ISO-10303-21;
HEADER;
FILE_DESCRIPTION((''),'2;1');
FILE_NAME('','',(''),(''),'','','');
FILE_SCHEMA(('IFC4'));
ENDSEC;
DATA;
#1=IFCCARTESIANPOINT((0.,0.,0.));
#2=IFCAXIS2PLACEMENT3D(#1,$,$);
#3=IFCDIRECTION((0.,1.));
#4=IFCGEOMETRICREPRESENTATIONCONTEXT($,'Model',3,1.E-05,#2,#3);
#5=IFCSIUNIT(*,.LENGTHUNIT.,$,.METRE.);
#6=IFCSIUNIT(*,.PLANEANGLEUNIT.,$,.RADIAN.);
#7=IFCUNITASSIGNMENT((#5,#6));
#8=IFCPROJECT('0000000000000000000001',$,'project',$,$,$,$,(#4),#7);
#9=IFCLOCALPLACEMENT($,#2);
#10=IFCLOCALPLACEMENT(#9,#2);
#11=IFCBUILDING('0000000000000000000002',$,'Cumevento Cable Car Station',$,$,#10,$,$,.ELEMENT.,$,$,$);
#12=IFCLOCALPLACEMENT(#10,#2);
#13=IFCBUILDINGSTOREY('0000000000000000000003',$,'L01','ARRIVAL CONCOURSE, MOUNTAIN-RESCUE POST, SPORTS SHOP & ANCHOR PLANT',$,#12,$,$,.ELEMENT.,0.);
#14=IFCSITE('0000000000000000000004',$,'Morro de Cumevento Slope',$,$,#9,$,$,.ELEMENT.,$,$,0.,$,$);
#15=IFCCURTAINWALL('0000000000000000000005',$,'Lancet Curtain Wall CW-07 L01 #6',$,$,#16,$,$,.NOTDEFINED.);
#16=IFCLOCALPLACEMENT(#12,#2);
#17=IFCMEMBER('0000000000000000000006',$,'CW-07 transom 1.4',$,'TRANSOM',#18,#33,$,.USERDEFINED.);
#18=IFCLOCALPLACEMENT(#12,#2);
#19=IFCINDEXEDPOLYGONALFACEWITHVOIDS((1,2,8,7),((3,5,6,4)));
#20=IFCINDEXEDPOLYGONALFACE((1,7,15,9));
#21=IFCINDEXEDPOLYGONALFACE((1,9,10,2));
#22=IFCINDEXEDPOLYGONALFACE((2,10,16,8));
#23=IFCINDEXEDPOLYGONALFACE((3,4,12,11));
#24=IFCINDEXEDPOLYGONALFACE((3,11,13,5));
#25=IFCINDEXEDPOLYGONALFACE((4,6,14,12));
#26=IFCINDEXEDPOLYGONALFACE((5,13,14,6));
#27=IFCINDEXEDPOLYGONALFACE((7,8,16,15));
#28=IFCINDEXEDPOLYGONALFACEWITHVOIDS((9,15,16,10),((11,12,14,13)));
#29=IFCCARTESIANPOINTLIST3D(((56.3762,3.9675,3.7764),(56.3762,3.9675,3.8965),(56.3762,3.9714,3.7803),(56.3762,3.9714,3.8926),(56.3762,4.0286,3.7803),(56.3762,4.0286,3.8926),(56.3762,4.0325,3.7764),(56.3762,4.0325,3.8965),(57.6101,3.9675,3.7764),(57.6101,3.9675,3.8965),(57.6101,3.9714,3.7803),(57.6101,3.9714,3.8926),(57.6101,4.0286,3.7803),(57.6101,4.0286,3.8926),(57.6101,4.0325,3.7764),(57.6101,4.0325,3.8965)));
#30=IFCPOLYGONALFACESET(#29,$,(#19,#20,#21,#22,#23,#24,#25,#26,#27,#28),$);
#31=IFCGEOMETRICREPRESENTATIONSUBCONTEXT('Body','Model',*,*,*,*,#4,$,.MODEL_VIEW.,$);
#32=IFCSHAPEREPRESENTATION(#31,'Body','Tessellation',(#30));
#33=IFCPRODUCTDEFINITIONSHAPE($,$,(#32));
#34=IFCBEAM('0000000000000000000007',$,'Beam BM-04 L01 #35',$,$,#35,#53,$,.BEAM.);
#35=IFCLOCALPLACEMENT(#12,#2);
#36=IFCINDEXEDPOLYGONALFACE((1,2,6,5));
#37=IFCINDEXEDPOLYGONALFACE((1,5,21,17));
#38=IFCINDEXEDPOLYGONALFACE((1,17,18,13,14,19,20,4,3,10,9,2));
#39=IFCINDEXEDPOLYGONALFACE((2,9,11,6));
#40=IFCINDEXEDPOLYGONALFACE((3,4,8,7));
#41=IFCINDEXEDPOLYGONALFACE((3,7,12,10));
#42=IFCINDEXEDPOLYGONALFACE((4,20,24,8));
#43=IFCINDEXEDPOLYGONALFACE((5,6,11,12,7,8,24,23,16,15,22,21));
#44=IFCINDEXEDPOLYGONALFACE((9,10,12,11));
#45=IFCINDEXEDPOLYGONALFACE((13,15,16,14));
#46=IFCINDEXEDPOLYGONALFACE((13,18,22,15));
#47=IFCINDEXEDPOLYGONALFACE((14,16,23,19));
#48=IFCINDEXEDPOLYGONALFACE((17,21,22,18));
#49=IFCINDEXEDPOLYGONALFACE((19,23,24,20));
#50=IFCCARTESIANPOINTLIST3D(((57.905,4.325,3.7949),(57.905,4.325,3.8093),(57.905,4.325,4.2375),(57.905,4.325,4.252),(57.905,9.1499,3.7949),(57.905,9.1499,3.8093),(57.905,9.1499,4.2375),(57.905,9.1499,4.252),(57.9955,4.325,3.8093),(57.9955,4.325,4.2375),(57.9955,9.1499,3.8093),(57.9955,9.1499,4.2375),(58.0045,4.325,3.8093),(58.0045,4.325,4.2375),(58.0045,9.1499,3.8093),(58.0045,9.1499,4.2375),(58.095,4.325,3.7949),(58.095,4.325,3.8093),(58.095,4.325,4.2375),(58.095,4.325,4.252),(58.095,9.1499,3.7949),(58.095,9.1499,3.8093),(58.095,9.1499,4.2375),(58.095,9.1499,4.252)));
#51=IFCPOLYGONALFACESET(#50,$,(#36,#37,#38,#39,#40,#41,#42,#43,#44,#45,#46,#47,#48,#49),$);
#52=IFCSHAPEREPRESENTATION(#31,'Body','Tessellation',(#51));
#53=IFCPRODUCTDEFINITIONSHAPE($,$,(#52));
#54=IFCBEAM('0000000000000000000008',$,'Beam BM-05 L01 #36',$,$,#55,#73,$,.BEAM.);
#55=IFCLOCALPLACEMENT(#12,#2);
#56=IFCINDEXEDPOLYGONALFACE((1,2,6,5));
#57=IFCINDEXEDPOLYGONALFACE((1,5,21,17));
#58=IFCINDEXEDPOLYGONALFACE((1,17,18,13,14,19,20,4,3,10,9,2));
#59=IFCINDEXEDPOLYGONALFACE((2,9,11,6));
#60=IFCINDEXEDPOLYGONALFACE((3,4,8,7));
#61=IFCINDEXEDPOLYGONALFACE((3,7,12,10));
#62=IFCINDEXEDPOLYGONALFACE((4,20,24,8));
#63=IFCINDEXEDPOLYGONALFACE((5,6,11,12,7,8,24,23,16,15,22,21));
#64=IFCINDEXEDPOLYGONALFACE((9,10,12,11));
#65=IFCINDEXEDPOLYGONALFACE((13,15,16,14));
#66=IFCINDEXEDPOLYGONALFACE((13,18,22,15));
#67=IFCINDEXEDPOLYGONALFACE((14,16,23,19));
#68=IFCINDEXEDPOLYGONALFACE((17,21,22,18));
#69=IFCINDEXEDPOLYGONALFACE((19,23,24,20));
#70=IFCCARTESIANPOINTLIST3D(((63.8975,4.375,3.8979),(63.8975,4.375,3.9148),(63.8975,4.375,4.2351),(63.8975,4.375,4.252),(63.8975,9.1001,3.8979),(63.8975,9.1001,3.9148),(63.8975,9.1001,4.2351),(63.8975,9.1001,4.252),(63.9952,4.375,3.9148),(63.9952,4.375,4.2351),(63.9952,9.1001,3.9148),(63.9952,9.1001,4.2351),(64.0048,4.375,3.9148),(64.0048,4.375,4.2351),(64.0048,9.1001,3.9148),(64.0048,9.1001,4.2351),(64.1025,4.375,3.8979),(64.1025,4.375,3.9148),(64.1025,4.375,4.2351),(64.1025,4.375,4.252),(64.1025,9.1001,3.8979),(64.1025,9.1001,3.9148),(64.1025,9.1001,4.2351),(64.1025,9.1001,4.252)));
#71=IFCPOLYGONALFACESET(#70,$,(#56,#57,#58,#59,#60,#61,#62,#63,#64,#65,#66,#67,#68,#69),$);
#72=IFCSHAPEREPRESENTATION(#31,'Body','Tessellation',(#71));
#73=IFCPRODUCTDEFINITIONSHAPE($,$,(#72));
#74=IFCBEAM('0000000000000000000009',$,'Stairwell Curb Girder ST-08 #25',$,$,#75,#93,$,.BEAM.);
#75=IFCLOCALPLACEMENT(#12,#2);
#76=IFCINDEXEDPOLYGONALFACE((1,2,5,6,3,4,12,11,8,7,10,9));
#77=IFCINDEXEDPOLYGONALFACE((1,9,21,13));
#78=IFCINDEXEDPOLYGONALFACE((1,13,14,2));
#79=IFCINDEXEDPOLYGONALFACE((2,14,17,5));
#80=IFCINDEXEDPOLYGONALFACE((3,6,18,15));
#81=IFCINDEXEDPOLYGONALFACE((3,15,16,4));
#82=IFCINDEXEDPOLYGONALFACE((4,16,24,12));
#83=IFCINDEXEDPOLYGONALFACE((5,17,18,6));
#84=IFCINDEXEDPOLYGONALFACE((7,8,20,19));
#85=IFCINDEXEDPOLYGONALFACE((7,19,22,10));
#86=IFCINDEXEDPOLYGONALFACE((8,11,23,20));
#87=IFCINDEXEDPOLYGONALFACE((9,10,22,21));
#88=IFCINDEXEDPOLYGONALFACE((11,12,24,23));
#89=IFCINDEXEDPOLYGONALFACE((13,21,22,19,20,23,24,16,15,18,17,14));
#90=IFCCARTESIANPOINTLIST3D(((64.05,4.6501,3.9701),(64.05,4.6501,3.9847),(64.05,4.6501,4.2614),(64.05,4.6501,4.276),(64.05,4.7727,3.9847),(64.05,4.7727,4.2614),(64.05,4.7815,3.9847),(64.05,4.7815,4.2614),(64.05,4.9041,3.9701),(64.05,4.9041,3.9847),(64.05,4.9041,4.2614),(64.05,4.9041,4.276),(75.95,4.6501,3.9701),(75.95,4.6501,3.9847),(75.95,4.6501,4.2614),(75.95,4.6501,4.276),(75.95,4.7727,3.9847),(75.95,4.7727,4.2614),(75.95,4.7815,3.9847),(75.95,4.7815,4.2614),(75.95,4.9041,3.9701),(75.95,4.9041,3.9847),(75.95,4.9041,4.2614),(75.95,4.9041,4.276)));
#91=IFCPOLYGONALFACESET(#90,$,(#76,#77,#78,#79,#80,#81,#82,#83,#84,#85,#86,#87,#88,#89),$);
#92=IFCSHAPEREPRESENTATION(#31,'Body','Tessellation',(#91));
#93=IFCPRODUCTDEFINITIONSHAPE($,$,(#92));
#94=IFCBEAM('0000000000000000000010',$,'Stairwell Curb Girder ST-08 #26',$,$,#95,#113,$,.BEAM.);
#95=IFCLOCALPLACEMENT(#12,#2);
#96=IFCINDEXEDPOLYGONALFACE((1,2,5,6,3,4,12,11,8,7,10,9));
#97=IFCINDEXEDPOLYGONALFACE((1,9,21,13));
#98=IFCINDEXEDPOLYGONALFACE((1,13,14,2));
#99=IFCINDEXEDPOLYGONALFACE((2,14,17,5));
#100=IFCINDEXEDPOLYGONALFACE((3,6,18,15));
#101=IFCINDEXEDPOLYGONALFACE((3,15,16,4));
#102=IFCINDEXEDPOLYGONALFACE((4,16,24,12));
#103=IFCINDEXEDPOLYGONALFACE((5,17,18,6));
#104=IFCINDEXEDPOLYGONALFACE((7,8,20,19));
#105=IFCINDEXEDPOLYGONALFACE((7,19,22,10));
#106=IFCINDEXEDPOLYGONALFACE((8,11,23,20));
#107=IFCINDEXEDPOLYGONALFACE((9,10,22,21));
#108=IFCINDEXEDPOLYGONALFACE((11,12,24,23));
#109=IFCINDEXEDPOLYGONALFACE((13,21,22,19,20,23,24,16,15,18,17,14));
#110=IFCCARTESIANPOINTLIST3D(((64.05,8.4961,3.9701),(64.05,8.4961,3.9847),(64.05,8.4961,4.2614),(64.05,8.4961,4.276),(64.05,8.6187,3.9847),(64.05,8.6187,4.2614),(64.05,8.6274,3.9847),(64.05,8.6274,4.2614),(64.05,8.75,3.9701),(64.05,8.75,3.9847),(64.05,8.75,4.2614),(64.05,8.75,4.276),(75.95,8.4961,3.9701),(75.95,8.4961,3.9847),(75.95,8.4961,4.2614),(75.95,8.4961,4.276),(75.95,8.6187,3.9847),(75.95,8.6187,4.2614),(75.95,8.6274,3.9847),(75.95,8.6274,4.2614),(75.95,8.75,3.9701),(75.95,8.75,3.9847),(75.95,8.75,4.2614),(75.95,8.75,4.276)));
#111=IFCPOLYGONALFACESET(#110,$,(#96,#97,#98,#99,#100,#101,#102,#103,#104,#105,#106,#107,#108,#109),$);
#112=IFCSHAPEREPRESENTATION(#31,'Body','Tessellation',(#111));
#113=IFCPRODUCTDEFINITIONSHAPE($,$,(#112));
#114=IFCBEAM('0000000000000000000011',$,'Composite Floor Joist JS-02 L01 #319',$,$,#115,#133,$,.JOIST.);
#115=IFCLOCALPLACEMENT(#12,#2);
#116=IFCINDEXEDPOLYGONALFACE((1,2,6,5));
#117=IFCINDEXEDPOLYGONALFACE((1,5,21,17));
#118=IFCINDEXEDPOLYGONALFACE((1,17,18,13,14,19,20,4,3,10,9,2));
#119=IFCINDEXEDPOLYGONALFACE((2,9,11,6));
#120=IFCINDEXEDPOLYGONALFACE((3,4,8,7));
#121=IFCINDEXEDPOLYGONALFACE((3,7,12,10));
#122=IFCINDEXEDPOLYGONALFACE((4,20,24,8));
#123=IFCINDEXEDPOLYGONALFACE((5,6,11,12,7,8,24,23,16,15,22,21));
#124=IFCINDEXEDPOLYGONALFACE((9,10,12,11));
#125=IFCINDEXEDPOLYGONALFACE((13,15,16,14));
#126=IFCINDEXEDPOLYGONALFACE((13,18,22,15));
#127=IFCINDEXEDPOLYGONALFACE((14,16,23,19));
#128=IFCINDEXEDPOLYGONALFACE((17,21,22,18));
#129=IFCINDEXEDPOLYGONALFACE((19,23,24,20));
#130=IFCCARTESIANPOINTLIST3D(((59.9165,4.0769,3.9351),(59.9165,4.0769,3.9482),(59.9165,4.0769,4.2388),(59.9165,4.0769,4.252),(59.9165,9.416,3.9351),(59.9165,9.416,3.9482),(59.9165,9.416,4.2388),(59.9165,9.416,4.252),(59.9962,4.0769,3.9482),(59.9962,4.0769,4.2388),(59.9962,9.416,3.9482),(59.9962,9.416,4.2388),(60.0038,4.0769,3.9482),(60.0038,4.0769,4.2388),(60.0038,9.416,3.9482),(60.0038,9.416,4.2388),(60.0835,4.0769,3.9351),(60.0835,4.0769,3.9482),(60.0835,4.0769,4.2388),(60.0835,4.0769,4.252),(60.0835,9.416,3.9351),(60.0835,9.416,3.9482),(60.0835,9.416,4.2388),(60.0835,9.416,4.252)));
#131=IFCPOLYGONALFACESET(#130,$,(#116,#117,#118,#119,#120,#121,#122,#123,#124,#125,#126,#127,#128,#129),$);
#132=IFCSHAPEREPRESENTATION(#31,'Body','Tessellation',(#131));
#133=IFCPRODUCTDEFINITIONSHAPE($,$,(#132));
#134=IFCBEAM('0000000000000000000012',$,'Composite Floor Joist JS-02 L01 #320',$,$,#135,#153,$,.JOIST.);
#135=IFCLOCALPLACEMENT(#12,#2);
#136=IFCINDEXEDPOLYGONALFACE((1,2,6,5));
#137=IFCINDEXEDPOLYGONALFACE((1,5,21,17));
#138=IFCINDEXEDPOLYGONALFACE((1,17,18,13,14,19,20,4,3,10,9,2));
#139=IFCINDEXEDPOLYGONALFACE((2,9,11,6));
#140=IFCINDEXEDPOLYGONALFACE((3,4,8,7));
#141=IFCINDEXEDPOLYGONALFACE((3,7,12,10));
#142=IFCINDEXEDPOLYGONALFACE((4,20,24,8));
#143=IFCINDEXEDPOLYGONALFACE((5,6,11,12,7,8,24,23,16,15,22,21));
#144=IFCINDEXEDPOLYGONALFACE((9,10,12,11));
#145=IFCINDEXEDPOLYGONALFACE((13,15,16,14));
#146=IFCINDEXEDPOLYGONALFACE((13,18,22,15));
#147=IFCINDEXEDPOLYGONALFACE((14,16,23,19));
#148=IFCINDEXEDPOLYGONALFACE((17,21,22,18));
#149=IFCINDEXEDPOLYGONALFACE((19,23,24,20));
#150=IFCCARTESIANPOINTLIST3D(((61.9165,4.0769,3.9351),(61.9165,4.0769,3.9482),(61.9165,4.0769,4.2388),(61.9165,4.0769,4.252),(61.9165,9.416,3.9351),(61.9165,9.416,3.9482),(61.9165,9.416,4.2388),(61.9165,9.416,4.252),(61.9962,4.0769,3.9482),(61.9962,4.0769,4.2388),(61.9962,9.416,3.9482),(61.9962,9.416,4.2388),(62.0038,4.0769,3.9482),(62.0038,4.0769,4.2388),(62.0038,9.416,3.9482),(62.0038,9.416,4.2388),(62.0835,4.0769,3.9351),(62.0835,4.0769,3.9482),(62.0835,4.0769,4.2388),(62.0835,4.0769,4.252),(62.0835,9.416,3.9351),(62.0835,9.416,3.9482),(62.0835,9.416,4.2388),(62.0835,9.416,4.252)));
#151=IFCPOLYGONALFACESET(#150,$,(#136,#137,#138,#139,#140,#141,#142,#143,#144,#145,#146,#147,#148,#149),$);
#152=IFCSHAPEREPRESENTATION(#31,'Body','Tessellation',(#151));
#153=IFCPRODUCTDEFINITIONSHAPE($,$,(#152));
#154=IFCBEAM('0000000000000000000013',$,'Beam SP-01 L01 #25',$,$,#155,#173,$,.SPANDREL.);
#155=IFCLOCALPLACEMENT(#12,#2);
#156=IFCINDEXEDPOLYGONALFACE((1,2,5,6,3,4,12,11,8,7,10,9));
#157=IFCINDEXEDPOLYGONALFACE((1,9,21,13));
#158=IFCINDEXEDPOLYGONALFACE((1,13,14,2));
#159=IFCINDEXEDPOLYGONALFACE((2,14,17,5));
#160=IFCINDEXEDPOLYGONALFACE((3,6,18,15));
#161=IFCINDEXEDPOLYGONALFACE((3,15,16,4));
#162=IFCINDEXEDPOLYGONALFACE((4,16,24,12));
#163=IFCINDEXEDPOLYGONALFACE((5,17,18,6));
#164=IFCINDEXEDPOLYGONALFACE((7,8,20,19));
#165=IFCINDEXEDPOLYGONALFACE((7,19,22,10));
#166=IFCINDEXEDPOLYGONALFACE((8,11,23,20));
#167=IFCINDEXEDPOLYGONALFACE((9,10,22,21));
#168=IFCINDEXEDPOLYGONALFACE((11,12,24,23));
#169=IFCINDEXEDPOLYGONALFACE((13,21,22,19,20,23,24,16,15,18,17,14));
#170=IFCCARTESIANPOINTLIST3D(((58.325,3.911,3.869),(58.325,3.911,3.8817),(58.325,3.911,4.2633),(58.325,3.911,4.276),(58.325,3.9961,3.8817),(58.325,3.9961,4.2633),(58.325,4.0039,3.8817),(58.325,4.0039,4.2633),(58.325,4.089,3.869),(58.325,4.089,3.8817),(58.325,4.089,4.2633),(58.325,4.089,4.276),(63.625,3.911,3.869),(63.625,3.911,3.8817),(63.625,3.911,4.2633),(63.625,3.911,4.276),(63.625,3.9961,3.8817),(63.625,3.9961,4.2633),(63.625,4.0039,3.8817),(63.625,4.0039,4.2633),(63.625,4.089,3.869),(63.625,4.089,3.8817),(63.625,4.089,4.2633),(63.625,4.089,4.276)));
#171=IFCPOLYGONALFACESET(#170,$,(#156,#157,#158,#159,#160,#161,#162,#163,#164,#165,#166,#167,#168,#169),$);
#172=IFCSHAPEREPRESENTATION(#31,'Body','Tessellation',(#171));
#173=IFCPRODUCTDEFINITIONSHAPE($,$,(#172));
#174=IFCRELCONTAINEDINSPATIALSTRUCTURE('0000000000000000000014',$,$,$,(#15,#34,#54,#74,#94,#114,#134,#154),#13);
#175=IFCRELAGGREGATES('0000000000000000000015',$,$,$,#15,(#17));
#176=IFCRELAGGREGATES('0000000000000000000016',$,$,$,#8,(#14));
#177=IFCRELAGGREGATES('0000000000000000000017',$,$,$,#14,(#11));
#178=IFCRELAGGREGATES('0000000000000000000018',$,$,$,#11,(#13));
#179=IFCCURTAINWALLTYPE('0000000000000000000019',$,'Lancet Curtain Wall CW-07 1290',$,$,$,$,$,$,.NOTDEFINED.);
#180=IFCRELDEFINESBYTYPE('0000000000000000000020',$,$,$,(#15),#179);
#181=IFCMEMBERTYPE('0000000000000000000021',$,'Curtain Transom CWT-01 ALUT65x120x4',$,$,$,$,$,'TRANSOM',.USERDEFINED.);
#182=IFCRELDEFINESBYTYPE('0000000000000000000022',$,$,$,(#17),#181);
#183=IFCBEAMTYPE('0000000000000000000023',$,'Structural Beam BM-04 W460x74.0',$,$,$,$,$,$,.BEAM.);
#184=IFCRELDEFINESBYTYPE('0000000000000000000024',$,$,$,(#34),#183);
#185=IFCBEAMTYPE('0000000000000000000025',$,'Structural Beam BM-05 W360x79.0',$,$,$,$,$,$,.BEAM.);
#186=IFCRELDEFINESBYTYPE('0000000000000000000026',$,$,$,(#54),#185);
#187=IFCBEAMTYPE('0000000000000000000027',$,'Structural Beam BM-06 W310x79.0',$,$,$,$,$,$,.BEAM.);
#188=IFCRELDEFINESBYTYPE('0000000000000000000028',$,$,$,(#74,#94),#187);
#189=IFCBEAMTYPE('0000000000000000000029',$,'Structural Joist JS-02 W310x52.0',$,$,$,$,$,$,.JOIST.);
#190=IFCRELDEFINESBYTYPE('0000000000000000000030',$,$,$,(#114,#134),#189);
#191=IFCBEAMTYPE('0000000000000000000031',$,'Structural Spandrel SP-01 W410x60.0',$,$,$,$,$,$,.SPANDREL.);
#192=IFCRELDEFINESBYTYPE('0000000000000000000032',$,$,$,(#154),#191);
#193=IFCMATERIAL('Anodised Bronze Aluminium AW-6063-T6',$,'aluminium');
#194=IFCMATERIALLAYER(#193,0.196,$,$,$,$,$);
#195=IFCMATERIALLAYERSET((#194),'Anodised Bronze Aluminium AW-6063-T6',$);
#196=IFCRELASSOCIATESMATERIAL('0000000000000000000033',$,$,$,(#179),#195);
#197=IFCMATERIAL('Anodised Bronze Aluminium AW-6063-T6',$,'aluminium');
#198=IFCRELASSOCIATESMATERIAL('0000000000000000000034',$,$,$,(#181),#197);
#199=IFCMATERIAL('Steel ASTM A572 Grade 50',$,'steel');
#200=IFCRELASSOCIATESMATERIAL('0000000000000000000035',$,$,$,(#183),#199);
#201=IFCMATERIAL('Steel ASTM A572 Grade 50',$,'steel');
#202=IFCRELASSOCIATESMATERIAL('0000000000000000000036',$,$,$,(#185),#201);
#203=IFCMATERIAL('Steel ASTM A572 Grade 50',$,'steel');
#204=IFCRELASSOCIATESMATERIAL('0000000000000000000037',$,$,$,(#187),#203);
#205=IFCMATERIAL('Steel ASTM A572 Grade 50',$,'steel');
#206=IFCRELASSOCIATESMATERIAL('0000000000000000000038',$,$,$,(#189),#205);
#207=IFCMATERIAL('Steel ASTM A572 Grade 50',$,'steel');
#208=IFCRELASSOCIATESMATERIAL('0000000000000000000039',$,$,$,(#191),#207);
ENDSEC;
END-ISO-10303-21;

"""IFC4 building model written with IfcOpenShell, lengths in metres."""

from ifc_helpers import new_model, si_unit, direction, frame, origin, origin_2d, place, context, subcontext, project, spatial, hollow_rectangle, i_section, extrude, material, layer, layer_set, material_profile, profile_set, type_object, element, aggregate, save


model = new_model("IFC4")

# Units and contexts
model_context = context("Model", 3, precision=1e-05, world=origin(), true_north=direction((0.0, 1.0)))
body_context = subcontext(model_context, "Body", "Model", "MODEL_VIEW")
ifc_project = project(units=[si_unit("LENGTHUNIT", "METRE"), si_unit("PLANEANGLEUNIT", "RADIAN")], contexts=[model_context])

# Site, building, storey
site_placement = place(None, origin())
site = spatial("IfcSite", under=ifc_project, at=site_placement, Name="Morro de Cumevento Slope", CompositionType="ELEMENT", RefElevation=0.0)
building_placement = place(site_placement, origin())
building = spatial("IfcBuilding", under=site, at=building_placement, Name="Cumevento Cable Car Station", CompositionType="ELEMENT")
storey_placement = place(building_placement, origin())
storey = spatial("IfcBuildingStorey", under=building, at=storey_placement, Name="L01", Description="ARRIVAL CONCOURSE, MOUNTAIN-RESCUE POST, SPORTS SHOP & ANCHOR PLANT", CompositionType="ELEMENT", Elevation=0.0)

# Curtain wall, member
ifc_material_1 = material(Name="Anodised Bronze Aluminium AW-6063-T6", Category="aluminium")
ifc_layer = layer(ifc_material_1, 0.196)
ifc_layer_set = layer_set([ifc_layer], Name="Anodised Bronze Aluminium AW-6063-T6")
curtain_wall_type = type_object("IfcCurtainWallType", Name="Lancet Curtain Wall CW-07 1290", PredefinedType="NOTDEFINED", material=ifc_layer_set)
curtain_wall_placement = place(storey_placement, origin())
curtain_wall = element("IfcCurtainWall", 1, at=curtain_wall_placement, inside=storey, type_object=curtain_wall_type, Name="Lancet Curtain Wall CW-07 L01 #6", PredefinedType="NOTDEFINED")
ifc_material_2 = material(Name="Anodised Bronze Aluminium AW-6063-T6", Category="aluminium")
ifc_material_profile_1 = material_profile(ifc_material_2, hollow_rectangle(XDim=0.0649, YDim=0.1201, WallThickness=0.0039, at=origin_2d()), Name="ALUT65x120x4")
ifc_profile_set_1 = profile_set([ifc_material_profile_1], Name="Anodised Bronze Aluminium AW-6063-T6")
member_type = type_object("IfcMemberType", Name="Curtain Transom CWT-01 ALUT65x120x4", ElementType="TRANSOM", PredefinedType="USERDEFINED", material=ifc_profile_set_1)
member_placement = place(storey_placement, frame((57.6101, 4.0, 3.8364), z_axis=(-1.0, 0.0, 0.0), x_axis=(0.0, -1.0, 0.0)))
member = element("IfcMember", 2, at=member_placement, type_object=member_type, Name="CW-07 transom 1.4", ObjectType="TRANSOM", PredefinedType="USERDEFINED", context=body_context, shape_type="SweptSolid", body=[
    extrude(hollow_rectangle(XDim=0.0649, YDim=0.1201, WallThickness=0.0039, at=origin_2d()), origin(), (0.0, 0.0, 1.0), 1.2339),
])
aggregate(curtain_wall, [member])

# Beams
ifc_material_3 = material(Name="Steel ASTM A572 Grade 50", Category="steel")
ifc_material_profile_2 = material_profile(ifc_material_3, i_section(OverallWidth=0.1899, OverallDepth=0.457, WebThickness=0.009, FlangeThickness=0.0144, at=origin_2d()), Name="W460x74.0")
ifc_profile_set_2 = profile_set([ifc_material_profile_2], Name="Steel ASTM A572 Grade 50")
beam_type_1 = type_object("IfcBeamType", Name="Structural Beam BM-04 W460x74.0", PredefinedType="BEAM", material=ifc_profile_set_2)
beam_1_placement = place(storey_placement, frame((58.0, 4.325, 4.0234), z_axis=(0.0, 1.0, 0.0), x_axis=(-1.0, 0.0, 0.0)))
element("IfcBeam", 3, at=beam_1_placement, inside=storey, type_object=beam_type_1, Name="Beam BM-04 L01 #35", PredefinedType="BEAM", context=body_context, shape_type="SweptSolid", body=[
    extrude(i_section(OverallWidth=0.1899, OverallDepth=0.457, WebThickness=0.009, FlangeThickness=0.0144, at=origin_2d()), origin(), (0.0, 0.0, 1.0), 4.825),
])
ifc_material_4 = material(Name="Steel ASTM A572 Grade 50", Category="steel")
ifc_material_profile_3 = material_profile(ifc_material_4, i_section(OverallWidth=0.2051, OverallDepth=0.354, WebThickness=0.0095, FlangeThickness=0.0168, at=origin_2d()), Name="W360x79.0")
ifc_profile_set_3 = profile_set([ifc_material_profile_3], Name="Steel ASTM A572 Grade 50")
beam_type_2 = type_object("IfcBeamType", Name="Structural Beam BM-05 W360x79.0", PredefinedType="BEAM", material=ifc_profile_set_3)
beam_2_placement = place(storey_placement, frame((64.0, 4.375, 4.075), z_axis=(0.0, 1.0, 0.0), x_axis=(-1.0, 0.0, 0.0)))
element("IfcBeam", 4, at=beam_2_placement, inside=storey, type_object=beam_type_2, Name="Beam BM-05 L01 #36", PredefinedType="BEAM", context=body_context, shape_type="SweptSolid", body=[
    extrude(i_section(OverallWidth=0.2051, OverallDepth=0.354, WebThickness=0.0095, FlangeThickness=0.0168, at=origin_2d()), origin(), (0.0, 0.0, 1.0), 4.7251),
])
ifc_material_5 = material(Name="Steel ASTM A572 Grade 50", Category="steel")
ifc_material_profile_4 = material_profile(ifc_material_5, i_section(OverallWidth=0.2539, OverallDepth=0.3059, WebThickness=0.0088, FlangeThickness=0.0146, at=origin_2d()), Name="W310x79.0")
ifc_profile_set_4 = profile_set([ifc_material_profile_4], Name="Steel ASTM A572 Grade 50")
beam_type_3 = type_object("IfcBeamType", Name="Structural Beam BM-06 W310x79.0", PredefinedType="BEAM", material=ifc_profile_set_4)
for number, where, z_axis, x_axis, name in (
    (5, (64.05, 4.7771, 4.123), (1.0, 0.0, 0.0), (0.0, 1.0, 0.0), "Stairwell Curb Girder ST-08 #25"),
    (6, (64.05, 8.623, 4.123), (1.0, 0.0, 0.0), (0.0, 1.0, 0.0), "Stairwell Curb Girder ST-08 #26"),
):
    element("IfcBeam", number, at=place(storey_placement, frame(where, z_axis=z_axis, x_axis=x_axis)), inside=storey, type_object=beam_type_3, Name=name, PredefinedType="BEAM", context=body_context, shape_type="SweptSolid", body=[
        extrude(i_section(OverallWidth=0.2539, OverallDepth=0.3059, WebThickness=0.0088, FlangeThickness=0.0146, at=origin_2d()), origin(), (0.0, 0.0, 1.0), 11.8999),
    ])
ifc_material_6 = material(Name="Steel ASTM A572 Grade 50", Category="steel")
ifc_material_profile_5 = material_profile(ifc_material_6, i_section(OverallWidth=0.167, OverallDepth=0.3169, WebThickness=0.0076, FlangeThickness=0.0132, at=origin_2d()), Name="W310x52.0")
ifc_profile_set_5 = profile_set([ifc_material_profile_5], Name="Steel ASTM A572 Grade 50")
beam_type_4 = type_object("IfcBeamType", Name="Structural Joist JS-02 W310x52.0", PredefinedType="JOIST", material=ifc_profile_set_5)
for number, where, z_axis, x_axis, name in (
    (7, (60.0, 4.0769, 4.0935), (0.0, 1.0, 0.0), (-1.0, 0.0, 0.0), "Composite Floor Joist JS-02 L01 #319"),
    (8, (62.0, 4.0769, 4.0935), (0.0, 1.0, 0.0), (-1.0, 0.0, 0.0), "Composite Floor Joist JS-02 L01 #320"),
):
    element("IfcBeam", number, at=place(storey_placement, frame(where, z_axis=z_axis, x_axis=x_axis)), inside=storey, type_object=beam_type_4, Name=name, PredefinedType="JOIST", context=body_context, shape_type="SweptSolid", body=[
        extrude(i_section(OverallWidth=0.167, OverallDepth=0.3169, WebThickness=0.0076, FlangeThickness=0.0132, at=origin_2d()), origin(), (0.0, 0.0, 1.0), 5.3391),
    ])
ifc_material_7 = material(Name="Steel ASTM A572 Grade 50", Category="steel")
ifc_material_profile_6 = material_profile(ifc_material_7, i_section(OverallWidth=0.178, OverallDepth=0.407, WebThickness=0.0078, FlangeThickness=0.0127, at=origin_2d()), Name="W410x60.0")
ifc_profile_set_6 = profile_set([ifc_material_profile_6], Name="Steel ASTM A572 Grade 50")
beam_type_5 = type_object("IfcBeamType", Name="Structural Spandrel SP-01 W410x60.0", PredefinedType="SPANDREL", material=ifc_profile_set_6)
for number, where, z_axis, x_axis, name in (
    (9, (58.325, 4.0, 4.0725), (1.0, 0.0, 0.0), (0.0, 1.0, 0.0), "Beam SP-01 L01 #25"),
):
    element("IfcBeam", number, at=place(storey_placement, frame(where, z_axis=z_axis, x_axis=x_axis)), inside=storey, type_object=beam_type_5, Name=name, PredefinedType="SPANDREL", context=body_context, shape_type="SweptSolid", body=[
        extrude(i_section(OverallWidth=0.178, OverallDepth=0.407, WebThickness=0.0078, FlangeThickness=0.0127, at=origin_2d()), origin(), (0.0, 0.0, 1.0), 5.3),
    ])

save(model, "model.ifc")
